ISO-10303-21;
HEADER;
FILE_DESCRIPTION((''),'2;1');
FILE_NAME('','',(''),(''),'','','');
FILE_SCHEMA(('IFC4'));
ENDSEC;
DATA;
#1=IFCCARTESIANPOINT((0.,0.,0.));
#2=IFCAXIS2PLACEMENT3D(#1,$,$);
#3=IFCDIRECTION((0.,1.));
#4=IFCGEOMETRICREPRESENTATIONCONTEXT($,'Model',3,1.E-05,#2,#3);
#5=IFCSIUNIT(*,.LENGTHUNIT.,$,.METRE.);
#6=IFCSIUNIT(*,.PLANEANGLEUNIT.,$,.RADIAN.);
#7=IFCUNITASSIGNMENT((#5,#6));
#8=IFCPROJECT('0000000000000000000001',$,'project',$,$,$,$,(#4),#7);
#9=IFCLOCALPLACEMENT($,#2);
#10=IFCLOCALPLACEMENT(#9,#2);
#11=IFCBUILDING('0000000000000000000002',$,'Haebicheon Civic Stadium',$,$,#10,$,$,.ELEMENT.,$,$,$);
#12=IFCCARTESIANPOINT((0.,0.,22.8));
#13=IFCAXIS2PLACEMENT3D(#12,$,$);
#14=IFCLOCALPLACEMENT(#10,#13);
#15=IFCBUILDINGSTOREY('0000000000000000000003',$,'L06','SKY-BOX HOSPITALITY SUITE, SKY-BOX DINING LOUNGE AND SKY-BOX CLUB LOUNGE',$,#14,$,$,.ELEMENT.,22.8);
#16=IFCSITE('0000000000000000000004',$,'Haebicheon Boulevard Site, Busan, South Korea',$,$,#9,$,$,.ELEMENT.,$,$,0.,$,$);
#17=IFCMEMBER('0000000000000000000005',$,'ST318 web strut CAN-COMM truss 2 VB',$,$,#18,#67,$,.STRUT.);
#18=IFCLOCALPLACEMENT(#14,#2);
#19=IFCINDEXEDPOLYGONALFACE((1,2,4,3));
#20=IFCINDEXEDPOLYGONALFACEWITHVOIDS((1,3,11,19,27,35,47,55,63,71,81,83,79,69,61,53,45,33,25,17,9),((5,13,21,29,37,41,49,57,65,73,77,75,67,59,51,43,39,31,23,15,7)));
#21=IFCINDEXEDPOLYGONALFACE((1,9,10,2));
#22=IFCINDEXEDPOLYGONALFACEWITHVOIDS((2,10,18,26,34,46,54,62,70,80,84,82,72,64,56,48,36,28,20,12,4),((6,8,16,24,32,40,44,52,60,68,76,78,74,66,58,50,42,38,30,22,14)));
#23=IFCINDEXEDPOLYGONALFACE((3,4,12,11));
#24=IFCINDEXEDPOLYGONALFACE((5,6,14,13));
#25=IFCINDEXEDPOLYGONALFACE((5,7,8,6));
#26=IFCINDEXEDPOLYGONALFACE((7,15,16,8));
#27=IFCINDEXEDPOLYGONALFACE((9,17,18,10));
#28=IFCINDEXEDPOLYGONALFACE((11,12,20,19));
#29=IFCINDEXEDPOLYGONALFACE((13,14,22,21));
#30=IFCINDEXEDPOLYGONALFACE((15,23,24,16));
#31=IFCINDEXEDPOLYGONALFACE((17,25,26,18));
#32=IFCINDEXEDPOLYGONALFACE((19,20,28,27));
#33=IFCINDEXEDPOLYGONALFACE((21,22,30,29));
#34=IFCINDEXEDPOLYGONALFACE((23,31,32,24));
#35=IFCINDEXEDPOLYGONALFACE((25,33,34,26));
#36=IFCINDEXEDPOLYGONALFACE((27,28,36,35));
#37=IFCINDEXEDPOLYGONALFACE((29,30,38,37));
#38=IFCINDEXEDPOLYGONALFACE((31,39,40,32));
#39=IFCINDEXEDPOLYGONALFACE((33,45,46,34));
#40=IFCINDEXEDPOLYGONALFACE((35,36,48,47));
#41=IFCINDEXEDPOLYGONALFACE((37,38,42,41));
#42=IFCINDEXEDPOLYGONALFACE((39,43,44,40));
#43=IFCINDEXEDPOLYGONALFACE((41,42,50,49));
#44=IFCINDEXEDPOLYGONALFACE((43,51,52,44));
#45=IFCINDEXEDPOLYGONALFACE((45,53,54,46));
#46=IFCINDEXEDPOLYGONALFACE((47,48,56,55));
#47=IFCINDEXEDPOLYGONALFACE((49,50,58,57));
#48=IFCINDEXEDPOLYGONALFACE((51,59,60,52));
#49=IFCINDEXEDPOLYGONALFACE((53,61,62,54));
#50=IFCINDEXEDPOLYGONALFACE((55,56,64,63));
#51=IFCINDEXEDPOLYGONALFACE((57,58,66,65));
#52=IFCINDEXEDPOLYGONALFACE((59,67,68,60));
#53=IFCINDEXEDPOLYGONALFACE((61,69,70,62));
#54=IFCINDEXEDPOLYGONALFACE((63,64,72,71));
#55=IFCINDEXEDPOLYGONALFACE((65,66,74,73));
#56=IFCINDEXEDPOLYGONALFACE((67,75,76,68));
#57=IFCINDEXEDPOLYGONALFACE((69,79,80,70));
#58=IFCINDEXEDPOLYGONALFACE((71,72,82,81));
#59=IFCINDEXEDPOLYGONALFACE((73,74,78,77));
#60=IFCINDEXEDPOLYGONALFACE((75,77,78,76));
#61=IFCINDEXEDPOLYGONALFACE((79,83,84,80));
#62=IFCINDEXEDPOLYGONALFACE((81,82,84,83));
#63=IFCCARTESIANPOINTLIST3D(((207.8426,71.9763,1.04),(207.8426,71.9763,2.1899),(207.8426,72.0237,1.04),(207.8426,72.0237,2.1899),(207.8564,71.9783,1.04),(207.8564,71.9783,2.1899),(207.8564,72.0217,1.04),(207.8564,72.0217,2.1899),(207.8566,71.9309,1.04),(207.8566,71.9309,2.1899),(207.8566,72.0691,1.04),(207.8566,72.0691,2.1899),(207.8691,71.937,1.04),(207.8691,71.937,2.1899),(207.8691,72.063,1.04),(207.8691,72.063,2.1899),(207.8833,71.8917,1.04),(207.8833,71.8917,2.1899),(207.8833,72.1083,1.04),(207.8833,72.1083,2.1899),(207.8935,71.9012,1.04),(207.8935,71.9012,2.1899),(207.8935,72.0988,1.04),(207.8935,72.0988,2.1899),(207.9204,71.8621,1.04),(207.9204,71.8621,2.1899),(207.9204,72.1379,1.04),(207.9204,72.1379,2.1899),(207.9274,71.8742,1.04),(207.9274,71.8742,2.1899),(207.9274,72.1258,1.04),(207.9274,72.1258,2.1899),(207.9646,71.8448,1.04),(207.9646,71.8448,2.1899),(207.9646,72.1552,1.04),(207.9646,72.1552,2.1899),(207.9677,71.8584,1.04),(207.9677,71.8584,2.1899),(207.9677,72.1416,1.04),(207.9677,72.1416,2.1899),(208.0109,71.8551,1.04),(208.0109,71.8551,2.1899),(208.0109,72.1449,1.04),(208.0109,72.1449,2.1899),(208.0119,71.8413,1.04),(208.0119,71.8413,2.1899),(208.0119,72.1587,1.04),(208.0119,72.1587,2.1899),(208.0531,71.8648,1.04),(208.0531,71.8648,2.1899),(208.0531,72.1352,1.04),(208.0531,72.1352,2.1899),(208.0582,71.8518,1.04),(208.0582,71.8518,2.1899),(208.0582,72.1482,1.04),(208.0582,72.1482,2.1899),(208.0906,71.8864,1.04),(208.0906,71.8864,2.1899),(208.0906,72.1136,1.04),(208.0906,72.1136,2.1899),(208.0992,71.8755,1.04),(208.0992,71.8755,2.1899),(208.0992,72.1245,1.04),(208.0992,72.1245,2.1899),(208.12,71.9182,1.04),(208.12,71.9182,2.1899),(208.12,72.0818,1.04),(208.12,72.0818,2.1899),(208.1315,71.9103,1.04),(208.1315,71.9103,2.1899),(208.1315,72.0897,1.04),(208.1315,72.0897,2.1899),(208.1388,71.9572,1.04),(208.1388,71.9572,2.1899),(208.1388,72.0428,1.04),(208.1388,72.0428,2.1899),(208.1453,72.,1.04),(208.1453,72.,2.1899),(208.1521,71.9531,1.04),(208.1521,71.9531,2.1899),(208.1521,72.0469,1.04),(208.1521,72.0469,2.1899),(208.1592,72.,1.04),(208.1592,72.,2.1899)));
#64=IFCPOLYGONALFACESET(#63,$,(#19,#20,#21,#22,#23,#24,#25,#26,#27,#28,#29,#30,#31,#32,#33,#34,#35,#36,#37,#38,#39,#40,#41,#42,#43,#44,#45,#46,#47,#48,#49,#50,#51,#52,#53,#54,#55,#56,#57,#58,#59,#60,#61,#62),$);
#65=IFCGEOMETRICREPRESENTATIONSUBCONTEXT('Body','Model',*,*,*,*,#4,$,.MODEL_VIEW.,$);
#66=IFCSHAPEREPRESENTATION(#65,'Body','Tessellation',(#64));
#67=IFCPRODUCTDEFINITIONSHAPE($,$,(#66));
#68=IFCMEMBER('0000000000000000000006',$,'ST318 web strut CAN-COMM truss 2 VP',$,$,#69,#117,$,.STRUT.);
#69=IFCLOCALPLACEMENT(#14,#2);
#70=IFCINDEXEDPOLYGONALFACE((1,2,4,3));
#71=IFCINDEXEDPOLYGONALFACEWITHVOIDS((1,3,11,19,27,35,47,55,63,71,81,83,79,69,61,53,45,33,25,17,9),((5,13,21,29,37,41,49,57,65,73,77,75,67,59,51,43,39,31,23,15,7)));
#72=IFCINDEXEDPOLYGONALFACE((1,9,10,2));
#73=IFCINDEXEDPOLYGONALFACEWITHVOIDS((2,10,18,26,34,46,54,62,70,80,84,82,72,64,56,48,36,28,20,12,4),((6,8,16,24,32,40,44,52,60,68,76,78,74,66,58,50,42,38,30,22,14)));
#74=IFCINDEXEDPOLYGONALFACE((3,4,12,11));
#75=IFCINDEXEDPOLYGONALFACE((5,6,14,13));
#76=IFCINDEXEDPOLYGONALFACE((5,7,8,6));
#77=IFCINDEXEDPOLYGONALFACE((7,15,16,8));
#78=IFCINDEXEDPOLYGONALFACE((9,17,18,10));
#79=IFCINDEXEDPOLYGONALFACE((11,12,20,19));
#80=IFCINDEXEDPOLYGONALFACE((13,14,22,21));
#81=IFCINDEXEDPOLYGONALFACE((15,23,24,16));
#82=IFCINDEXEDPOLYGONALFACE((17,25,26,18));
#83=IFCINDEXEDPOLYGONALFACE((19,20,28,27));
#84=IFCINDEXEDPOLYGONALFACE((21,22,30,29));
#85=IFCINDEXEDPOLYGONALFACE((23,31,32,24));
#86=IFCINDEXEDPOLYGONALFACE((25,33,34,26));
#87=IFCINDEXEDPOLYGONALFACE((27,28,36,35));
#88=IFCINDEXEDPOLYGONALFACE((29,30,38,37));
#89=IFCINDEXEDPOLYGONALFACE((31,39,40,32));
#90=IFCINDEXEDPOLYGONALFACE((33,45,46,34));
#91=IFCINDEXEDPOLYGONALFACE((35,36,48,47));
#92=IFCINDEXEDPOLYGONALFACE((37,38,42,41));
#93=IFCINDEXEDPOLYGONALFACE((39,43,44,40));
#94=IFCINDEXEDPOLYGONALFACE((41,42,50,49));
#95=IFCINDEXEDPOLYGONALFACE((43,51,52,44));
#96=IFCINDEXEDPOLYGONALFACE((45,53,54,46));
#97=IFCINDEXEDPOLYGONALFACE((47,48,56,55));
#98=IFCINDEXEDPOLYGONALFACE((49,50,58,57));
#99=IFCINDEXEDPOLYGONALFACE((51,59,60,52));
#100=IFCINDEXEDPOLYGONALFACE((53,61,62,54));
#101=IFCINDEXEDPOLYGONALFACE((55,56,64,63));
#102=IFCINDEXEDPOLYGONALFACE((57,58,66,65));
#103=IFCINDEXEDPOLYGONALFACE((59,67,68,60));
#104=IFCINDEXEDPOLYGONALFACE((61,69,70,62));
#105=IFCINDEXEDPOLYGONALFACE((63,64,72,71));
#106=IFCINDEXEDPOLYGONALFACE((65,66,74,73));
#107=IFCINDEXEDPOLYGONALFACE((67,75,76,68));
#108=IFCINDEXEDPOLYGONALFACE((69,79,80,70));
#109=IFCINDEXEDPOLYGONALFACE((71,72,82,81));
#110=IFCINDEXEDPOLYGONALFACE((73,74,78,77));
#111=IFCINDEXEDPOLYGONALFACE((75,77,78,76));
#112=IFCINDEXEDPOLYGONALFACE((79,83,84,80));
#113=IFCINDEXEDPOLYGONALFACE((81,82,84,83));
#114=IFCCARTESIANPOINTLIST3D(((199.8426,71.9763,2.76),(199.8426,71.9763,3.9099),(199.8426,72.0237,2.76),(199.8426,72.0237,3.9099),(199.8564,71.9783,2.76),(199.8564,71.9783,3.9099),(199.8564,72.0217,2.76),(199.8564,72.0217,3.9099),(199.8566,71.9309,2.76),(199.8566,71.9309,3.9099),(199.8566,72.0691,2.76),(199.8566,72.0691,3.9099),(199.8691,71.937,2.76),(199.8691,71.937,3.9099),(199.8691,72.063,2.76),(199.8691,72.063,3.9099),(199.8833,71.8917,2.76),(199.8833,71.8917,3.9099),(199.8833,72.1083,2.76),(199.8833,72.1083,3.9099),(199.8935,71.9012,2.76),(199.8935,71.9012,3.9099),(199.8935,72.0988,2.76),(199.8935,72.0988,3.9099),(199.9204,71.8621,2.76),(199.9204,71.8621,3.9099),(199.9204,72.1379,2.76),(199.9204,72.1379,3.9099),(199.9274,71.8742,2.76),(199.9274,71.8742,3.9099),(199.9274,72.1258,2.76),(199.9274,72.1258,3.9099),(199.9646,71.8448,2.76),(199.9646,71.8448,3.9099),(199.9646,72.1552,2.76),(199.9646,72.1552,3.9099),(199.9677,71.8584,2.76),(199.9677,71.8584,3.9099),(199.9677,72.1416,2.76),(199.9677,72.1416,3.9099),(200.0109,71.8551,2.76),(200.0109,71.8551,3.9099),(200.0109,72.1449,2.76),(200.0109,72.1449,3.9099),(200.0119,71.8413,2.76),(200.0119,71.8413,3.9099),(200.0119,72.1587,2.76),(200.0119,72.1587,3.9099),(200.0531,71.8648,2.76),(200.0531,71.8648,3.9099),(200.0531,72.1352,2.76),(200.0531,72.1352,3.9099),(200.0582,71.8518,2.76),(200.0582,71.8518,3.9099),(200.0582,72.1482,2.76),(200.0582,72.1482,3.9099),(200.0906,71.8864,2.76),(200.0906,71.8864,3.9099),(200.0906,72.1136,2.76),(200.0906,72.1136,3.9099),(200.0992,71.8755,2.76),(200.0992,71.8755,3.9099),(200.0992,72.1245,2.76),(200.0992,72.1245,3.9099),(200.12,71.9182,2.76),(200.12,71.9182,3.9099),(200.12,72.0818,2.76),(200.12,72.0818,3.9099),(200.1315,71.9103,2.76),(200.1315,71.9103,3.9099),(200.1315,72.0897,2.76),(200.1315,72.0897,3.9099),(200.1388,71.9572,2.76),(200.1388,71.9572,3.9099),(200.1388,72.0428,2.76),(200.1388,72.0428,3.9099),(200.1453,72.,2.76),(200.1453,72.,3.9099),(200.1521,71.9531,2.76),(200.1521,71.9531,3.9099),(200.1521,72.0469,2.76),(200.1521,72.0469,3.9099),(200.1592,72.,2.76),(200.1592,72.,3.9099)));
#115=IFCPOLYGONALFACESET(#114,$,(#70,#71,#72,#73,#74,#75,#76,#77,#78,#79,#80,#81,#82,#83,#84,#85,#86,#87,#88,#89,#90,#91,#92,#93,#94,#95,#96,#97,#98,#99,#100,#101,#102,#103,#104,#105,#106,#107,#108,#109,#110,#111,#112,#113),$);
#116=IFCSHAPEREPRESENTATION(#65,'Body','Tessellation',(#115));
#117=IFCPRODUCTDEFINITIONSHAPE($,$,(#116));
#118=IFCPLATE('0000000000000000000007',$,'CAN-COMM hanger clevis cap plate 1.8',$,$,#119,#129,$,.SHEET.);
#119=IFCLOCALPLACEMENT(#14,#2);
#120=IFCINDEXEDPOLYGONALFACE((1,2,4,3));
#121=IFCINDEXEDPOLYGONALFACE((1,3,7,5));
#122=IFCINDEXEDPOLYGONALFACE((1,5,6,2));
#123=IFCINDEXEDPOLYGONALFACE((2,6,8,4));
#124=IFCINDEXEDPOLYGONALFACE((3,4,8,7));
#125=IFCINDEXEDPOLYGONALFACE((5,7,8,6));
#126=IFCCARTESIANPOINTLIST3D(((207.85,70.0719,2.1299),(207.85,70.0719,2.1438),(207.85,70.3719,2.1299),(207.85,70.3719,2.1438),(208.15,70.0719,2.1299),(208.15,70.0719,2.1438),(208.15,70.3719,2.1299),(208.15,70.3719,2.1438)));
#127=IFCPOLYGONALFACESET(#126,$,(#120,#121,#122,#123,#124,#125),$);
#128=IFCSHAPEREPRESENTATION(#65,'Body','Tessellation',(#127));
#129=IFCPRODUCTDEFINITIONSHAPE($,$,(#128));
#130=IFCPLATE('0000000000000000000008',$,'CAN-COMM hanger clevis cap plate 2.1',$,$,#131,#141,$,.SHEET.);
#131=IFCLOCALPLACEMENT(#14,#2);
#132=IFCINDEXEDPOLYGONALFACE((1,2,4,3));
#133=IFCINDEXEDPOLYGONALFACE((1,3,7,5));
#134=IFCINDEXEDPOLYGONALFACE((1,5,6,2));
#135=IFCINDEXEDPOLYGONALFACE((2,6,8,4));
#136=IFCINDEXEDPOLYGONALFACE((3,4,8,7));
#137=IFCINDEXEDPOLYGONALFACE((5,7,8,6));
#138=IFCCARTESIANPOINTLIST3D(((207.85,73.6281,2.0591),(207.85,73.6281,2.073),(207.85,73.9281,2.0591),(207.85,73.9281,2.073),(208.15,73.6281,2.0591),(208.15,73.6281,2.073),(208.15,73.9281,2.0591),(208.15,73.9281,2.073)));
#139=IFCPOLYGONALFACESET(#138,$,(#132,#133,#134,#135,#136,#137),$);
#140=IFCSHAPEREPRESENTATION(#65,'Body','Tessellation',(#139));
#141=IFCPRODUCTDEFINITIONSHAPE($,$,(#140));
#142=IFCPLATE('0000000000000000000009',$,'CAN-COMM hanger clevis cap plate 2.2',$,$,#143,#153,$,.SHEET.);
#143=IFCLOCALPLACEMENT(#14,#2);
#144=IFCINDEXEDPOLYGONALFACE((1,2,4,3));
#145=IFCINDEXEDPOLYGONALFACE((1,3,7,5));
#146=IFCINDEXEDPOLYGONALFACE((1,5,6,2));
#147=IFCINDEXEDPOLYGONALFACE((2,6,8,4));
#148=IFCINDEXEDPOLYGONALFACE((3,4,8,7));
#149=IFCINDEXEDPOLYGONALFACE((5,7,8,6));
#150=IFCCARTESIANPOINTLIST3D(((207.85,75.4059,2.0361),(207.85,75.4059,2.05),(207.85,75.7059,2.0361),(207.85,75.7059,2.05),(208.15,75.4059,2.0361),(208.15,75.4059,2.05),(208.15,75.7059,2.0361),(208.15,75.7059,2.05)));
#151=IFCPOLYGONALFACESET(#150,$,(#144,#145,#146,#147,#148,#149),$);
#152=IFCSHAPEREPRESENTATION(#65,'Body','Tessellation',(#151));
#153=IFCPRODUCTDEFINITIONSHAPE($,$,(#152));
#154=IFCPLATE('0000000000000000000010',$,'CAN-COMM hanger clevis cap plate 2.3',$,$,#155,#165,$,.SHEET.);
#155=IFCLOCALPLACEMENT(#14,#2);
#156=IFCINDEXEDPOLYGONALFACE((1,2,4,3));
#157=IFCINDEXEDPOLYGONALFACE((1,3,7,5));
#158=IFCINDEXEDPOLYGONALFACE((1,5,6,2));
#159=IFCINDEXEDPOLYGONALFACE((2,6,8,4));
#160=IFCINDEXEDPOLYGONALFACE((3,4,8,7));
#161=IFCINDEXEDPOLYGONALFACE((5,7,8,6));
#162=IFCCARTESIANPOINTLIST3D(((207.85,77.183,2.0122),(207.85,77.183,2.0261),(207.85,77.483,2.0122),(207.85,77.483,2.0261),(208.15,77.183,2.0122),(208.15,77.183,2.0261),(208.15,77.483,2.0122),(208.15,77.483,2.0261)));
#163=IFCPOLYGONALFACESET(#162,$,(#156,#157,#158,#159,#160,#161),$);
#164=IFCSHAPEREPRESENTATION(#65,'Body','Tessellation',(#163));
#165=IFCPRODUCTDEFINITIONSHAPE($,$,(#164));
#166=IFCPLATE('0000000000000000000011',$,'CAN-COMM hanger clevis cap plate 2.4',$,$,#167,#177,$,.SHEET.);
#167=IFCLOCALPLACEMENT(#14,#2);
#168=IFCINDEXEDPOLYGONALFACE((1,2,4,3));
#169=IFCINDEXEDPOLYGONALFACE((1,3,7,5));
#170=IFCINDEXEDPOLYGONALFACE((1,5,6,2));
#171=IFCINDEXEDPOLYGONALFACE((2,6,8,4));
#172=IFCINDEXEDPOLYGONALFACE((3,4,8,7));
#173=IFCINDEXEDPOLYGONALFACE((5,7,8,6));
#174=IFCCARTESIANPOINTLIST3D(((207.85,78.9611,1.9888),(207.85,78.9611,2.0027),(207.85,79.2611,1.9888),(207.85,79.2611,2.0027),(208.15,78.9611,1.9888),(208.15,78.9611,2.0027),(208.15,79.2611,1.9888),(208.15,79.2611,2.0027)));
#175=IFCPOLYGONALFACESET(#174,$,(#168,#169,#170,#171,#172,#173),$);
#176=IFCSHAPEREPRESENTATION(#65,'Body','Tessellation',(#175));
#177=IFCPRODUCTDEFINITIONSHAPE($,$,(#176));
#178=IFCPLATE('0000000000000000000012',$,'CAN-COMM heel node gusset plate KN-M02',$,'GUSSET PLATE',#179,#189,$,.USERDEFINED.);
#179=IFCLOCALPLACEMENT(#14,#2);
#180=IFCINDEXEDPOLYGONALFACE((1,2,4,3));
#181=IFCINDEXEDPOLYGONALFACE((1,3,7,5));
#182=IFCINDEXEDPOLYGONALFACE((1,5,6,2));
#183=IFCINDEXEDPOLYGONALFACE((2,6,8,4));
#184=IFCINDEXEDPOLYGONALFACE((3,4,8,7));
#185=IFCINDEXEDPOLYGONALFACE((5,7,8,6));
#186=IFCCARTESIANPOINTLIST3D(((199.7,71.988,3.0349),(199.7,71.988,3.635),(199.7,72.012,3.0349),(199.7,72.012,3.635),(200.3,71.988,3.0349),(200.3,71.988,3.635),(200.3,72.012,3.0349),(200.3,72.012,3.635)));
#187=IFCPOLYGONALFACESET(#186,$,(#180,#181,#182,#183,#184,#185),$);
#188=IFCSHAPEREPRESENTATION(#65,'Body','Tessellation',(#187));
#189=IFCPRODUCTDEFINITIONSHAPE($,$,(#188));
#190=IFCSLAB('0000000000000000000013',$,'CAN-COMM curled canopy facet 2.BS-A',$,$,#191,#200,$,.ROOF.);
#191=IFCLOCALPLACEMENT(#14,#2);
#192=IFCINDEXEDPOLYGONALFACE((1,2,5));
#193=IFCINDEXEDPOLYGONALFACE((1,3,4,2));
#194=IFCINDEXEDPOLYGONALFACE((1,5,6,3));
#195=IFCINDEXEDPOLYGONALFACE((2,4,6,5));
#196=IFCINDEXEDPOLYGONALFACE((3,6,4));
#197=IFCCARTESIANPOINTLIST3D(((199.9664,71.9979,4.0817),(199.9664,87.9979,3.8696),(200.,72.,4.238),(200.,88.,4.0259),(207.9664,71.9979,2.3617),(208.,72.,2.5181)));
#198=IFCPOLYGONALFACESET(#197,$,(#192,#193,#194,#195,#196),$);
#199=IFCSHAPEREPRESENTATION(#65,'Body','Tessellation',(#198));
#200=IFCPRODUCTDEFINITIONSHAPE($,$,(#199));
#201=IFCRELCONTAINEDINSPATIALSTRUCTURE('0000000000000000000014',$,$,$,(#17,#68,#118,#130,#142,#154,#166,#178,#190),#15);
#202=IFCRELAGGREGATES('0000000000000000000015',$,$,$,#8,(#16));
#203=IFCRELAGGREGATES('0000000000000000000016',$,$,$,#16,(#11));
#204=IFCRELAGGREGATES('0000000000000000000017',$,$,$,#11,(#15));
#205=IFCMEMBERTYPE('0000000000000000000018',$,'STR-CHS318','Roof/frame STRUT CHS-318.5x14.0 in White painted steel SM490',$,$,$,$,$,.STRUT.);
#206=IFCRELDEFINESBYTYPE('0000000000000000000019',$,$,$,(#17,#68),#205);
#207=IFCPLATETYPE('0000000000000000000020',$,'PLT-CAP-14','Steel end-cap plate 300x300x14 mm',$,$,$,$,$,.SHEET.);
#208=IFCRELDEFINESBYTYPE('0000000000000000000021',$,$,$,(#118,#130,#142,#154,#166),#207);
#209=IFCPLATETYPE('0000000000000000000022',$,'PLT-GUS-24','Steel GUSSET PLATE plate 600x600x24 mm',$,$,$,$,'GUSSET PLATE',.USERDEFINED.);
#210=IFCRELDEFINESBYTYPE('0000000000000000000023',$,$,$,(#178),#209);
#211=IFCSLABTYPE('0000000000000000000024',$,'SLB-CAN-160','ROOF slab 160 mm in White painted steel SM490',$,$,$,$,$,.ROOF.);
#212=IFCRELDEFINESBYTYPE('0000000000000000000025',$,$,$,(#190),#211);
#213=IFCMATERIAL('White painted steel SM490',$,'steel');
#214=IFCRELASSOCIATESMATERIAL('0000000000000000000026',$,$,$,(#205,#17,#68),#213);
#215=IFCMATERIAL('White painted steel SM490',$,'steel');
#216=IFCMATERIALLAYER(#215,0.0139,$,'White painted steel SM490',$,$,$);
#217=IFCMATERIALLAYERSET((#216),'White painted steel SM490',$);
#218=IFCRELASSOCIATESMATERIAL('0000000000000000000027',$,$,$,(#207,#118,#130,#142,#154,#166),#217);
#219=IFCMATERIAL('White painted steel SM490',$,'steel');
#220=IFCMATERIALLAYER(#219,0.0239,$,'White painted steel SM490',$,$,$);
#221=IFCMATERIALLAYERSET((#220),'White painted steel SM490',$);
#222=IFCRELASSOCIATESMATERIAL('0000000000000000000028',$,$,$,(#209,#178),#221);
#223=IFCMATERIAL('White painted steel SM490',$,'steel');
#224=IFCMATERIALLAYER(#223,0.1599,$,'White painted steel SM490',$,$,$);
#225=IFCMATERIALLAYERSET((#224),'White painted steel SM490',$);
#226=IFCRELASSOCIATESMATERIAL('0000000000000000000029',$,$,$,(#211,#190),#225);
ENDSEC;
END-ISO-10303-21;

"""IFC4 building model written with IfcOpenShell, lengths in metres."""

from ifc_helpers import new_model, si_unit, direction, frame, origin, origin_2d, place, context, subcontext, project, spatial, polyline, rectangle, hollow_circle, outline, extrude, material, layer, layer_set, material_profile, profile_set, type_object, element, save


model = new_model("IFC4")

# Units and contexts
model_context = context("Model", 3, precision=1e-05, world=origin(), true_north=direction((0.0, 1.0)))
body_context = subcontext(model_context, "Body", "Model", "MODEL_VIEW")
ifc_project = project(units=[si_unit("LENGTHUNIT", "METRE"), si_unit("PLANEANGLEUNIT", "RADIAN")], contexts=[model_context])

# Site, building, storey
site_placement = place(None, origin())
site = spatial("IfcSite", under=ifc_project, at=site_placement, Name="Haebicheon Boulevard Site, Busan, South Korea", CompositionType="ELEMENT", RefElevation=0.0)
building_placement = place(site_placement, origin())
building = spatial("IfcBuilding", under=site, at=building_placement, Name="Haebicheon Civic Stadium", CompositionType="ELEMENT")
storey_placement = place(building_placement, frame((0.0, 0.0, 22.8)))
storey = spatial("IfcBuildingStorey", under=building, at=storey_placement, Name="L06", Description="SKY-BOX HOSPITALITY SUITE, SKY-BOX DINING LOUNGE AND SKY-BOX CLUB LOUNGE", CompositionType="ELEMENT", Elevation=22.8)

# Members
ifc_material_1 = material(Name="White painted steel SM490", Category="steel")
ifc_material_profile_1 = material_profile(ifc_material_1, hollow_circle(Radius=0.1592, WallThickness=0.0139, at=origin_2d()), Name="CHS-318.5x14.0")
ifc_profile_set_1 = profile_set([ifc_material_profile_1], Name="White painted steel SM490")
member_type_1 = type_object("IfcMemberType", Name="STR-CHS318", Description="Roof/frame STRUT CHS-318.5x14.0 in White painted steel SM490", PredefinedType="STRUT", material=ifc_profile_set_1)
for number, where, z_axis, x_axis, name in (
    (1, (208.0, 72.0, 1.04), (0.0, 0.0, 1.0), (1.0, 0.0, 0.0), "ST318 web strut CAN-COMM truss 2 VB"),
    (2, (200.0, 72.0, 2.76), (0.0, 0.0, 1.0), (1.0, 0.0, 0.0), "ST318 web strut CAN-COMM truss 2 VP"),
):
    element("IfcMember", number, at=place(storey_placement, frame(where, z_axis=z_axis, x_axis=x_axis)), inside=storey, type_object=member_type_1, material=ifc_profile_set_1, Name=name, PredefinedType="STRUT", context=body_context, shape_type="SweptSolid", body=[
        extrude(hollow_circle(Radius=0.1592, WallThickness=0.0139, at=origin_2d()), origin(), (0.0, 0.0, 1.0), 1.1499),
    ])

# Plates
ifc_material_2 = material(Name="White painted steel SM490", Category="steel")
ifc_layer_1 = layer(ifc_material_2, 0.0139, Name="White painted steel SM490")
ifc_layer_set_1 = layer_set([ifc_layer_1], Name="White painted steel SM490")
plate_type_1 = type_object("IfcPlateType", Name="PLT-CAP-14", Description="Steel end-cap plate 300x300x14 mm", PredefinedType="SHEET", material=ifc_layer_set_1)
for number, where, z_axis, x_axis, name in (
    (3, (208.0, 70.2219, 2.1299), (0.0, 0.0, 1.0), (1.0, 0.0, 0.0), "CAN-COMM hanger clevis cap plate 1.8"),
    (4, (208.0, 73.7781, 2.0591), (0.0, 0.0, 1.0), (1.0, 0.0, 0.0), "CAN-COMM hanger clevis cap plate 2.1"),
    (5, (208.0, 75.5559, 2.0361), (0.0, 0.0, 1.0), (1.0, 0.0, 0.0), "CAN-COMM hanger clevis cap plate 2.2"),
    (6, (208.0, 77.333, 2.0122), (0.0, 0.0, 1.0), (1.0, 0.0, 0.0), "CAN-COMM hanger clevis cap plate 2.3"),
    (7, (208.0, 79.1111, 1.9888), (0.0, 0.0, 1.0), (1.0, 0.0, 0.0), "CAN-COMM hanger clevis cap plate 2.4"),
):
    element("IfcPlate", number, at=place(storey_placement, frame(where, z_axis=z_axis, x_axis=x_axis)), inside=storey, type_object=plate_type_1, material=ifc_layer_set_1, Name=name, PredefinedType="SHEET", context=body_context, shape_type="SweptSolid", body=[
        extrude(rectangle(XDim=0.3, YDim=0.3, at=origin_2d()), origin(), (0.0, 0.0, 1.0), 0.0139),
    ])
ifc_material_3 = material(Name="White painted steel SM490", Category="steel")
ifc_layer_2 = layer(ifc_material_3, 0.0239, Name="White painted steel SM490")
ifc_layer_set_2 = layer_set([ifc_layer_2], Name="White painted steel SM490")
plate_type_2 = type_object("IfcPlateType", Name="PLT-GUS-24", Description="Steel GUSSET PLATE plate 600x600x24 mm", ElementType="GUSSET PLATE", PredefinedType="USERDEFINED", material=ifc_layer_set_2)
plate_placement = place(storey_placement, frame((200.0, 72.0, 3.0349), z_axis=(0.0, 0.0, 1.0), x_axis=(1.0, 0.0, 0.0)))
element("IfcPlate", 8, at=plate_placement, inside=storey, type_object=plate_type_2, material=ifc_layer_set_2, Name="CAN-COMM heel node gusset plate KN-M02", ObjectType="GUSSET PLATE", PredefinedType="USERDEFINED", context=body_context, shape_type="SweptSolid", body=[
    extrude(rectangle(XDim=0.6001, YDim=0.0239, at=origin_2d()), origin(), (0.0, 0.0, 1.0), 0.6001),
])

# Slab
ifc_material_4 = material(Name="White painted steel SM490", Category="steel")
ifc_layer_3 = layer(ifc_material_4, 0.1599, Name="White painted steel SM490")
ifc_layer_set_3 = layer_set([ifc_layer_3], Name="White painted steel SM490")
slab_type = type_object("IfcSlabType", Name="SLB-CAN-160", Description="ROOF slab 160 mm in White painted steel SM490", PredefinedType="ROOF", material=ifc_layer_set_3)
slab_1_placement = place(storey_placement, frame((208.0, 72.0, 2.5181), z_axis=(0.210176, 0.012963, 0.977578), x_axis=(-0.97766, 0.0, 0.210193)))
element("IfcSlab", 9, at=slab_1_placement, inside=storey, type_object=slab_type, material=ifc_layer_set_3, Name="CAN-COMM curled canopy facet 2.BS-A", PredefinedType="ROOF", context=body_context, shape_type="SweptSolid", body=[
    extrude(outline(polyline([(0.0, 0.0), (8.1828, 0.0), (8.1382, -16.0013), (0.0, 0.0)])), origin(), (0.0, 0.0, -1.0), 0.1599),
])

save(model, "model.ifc")
